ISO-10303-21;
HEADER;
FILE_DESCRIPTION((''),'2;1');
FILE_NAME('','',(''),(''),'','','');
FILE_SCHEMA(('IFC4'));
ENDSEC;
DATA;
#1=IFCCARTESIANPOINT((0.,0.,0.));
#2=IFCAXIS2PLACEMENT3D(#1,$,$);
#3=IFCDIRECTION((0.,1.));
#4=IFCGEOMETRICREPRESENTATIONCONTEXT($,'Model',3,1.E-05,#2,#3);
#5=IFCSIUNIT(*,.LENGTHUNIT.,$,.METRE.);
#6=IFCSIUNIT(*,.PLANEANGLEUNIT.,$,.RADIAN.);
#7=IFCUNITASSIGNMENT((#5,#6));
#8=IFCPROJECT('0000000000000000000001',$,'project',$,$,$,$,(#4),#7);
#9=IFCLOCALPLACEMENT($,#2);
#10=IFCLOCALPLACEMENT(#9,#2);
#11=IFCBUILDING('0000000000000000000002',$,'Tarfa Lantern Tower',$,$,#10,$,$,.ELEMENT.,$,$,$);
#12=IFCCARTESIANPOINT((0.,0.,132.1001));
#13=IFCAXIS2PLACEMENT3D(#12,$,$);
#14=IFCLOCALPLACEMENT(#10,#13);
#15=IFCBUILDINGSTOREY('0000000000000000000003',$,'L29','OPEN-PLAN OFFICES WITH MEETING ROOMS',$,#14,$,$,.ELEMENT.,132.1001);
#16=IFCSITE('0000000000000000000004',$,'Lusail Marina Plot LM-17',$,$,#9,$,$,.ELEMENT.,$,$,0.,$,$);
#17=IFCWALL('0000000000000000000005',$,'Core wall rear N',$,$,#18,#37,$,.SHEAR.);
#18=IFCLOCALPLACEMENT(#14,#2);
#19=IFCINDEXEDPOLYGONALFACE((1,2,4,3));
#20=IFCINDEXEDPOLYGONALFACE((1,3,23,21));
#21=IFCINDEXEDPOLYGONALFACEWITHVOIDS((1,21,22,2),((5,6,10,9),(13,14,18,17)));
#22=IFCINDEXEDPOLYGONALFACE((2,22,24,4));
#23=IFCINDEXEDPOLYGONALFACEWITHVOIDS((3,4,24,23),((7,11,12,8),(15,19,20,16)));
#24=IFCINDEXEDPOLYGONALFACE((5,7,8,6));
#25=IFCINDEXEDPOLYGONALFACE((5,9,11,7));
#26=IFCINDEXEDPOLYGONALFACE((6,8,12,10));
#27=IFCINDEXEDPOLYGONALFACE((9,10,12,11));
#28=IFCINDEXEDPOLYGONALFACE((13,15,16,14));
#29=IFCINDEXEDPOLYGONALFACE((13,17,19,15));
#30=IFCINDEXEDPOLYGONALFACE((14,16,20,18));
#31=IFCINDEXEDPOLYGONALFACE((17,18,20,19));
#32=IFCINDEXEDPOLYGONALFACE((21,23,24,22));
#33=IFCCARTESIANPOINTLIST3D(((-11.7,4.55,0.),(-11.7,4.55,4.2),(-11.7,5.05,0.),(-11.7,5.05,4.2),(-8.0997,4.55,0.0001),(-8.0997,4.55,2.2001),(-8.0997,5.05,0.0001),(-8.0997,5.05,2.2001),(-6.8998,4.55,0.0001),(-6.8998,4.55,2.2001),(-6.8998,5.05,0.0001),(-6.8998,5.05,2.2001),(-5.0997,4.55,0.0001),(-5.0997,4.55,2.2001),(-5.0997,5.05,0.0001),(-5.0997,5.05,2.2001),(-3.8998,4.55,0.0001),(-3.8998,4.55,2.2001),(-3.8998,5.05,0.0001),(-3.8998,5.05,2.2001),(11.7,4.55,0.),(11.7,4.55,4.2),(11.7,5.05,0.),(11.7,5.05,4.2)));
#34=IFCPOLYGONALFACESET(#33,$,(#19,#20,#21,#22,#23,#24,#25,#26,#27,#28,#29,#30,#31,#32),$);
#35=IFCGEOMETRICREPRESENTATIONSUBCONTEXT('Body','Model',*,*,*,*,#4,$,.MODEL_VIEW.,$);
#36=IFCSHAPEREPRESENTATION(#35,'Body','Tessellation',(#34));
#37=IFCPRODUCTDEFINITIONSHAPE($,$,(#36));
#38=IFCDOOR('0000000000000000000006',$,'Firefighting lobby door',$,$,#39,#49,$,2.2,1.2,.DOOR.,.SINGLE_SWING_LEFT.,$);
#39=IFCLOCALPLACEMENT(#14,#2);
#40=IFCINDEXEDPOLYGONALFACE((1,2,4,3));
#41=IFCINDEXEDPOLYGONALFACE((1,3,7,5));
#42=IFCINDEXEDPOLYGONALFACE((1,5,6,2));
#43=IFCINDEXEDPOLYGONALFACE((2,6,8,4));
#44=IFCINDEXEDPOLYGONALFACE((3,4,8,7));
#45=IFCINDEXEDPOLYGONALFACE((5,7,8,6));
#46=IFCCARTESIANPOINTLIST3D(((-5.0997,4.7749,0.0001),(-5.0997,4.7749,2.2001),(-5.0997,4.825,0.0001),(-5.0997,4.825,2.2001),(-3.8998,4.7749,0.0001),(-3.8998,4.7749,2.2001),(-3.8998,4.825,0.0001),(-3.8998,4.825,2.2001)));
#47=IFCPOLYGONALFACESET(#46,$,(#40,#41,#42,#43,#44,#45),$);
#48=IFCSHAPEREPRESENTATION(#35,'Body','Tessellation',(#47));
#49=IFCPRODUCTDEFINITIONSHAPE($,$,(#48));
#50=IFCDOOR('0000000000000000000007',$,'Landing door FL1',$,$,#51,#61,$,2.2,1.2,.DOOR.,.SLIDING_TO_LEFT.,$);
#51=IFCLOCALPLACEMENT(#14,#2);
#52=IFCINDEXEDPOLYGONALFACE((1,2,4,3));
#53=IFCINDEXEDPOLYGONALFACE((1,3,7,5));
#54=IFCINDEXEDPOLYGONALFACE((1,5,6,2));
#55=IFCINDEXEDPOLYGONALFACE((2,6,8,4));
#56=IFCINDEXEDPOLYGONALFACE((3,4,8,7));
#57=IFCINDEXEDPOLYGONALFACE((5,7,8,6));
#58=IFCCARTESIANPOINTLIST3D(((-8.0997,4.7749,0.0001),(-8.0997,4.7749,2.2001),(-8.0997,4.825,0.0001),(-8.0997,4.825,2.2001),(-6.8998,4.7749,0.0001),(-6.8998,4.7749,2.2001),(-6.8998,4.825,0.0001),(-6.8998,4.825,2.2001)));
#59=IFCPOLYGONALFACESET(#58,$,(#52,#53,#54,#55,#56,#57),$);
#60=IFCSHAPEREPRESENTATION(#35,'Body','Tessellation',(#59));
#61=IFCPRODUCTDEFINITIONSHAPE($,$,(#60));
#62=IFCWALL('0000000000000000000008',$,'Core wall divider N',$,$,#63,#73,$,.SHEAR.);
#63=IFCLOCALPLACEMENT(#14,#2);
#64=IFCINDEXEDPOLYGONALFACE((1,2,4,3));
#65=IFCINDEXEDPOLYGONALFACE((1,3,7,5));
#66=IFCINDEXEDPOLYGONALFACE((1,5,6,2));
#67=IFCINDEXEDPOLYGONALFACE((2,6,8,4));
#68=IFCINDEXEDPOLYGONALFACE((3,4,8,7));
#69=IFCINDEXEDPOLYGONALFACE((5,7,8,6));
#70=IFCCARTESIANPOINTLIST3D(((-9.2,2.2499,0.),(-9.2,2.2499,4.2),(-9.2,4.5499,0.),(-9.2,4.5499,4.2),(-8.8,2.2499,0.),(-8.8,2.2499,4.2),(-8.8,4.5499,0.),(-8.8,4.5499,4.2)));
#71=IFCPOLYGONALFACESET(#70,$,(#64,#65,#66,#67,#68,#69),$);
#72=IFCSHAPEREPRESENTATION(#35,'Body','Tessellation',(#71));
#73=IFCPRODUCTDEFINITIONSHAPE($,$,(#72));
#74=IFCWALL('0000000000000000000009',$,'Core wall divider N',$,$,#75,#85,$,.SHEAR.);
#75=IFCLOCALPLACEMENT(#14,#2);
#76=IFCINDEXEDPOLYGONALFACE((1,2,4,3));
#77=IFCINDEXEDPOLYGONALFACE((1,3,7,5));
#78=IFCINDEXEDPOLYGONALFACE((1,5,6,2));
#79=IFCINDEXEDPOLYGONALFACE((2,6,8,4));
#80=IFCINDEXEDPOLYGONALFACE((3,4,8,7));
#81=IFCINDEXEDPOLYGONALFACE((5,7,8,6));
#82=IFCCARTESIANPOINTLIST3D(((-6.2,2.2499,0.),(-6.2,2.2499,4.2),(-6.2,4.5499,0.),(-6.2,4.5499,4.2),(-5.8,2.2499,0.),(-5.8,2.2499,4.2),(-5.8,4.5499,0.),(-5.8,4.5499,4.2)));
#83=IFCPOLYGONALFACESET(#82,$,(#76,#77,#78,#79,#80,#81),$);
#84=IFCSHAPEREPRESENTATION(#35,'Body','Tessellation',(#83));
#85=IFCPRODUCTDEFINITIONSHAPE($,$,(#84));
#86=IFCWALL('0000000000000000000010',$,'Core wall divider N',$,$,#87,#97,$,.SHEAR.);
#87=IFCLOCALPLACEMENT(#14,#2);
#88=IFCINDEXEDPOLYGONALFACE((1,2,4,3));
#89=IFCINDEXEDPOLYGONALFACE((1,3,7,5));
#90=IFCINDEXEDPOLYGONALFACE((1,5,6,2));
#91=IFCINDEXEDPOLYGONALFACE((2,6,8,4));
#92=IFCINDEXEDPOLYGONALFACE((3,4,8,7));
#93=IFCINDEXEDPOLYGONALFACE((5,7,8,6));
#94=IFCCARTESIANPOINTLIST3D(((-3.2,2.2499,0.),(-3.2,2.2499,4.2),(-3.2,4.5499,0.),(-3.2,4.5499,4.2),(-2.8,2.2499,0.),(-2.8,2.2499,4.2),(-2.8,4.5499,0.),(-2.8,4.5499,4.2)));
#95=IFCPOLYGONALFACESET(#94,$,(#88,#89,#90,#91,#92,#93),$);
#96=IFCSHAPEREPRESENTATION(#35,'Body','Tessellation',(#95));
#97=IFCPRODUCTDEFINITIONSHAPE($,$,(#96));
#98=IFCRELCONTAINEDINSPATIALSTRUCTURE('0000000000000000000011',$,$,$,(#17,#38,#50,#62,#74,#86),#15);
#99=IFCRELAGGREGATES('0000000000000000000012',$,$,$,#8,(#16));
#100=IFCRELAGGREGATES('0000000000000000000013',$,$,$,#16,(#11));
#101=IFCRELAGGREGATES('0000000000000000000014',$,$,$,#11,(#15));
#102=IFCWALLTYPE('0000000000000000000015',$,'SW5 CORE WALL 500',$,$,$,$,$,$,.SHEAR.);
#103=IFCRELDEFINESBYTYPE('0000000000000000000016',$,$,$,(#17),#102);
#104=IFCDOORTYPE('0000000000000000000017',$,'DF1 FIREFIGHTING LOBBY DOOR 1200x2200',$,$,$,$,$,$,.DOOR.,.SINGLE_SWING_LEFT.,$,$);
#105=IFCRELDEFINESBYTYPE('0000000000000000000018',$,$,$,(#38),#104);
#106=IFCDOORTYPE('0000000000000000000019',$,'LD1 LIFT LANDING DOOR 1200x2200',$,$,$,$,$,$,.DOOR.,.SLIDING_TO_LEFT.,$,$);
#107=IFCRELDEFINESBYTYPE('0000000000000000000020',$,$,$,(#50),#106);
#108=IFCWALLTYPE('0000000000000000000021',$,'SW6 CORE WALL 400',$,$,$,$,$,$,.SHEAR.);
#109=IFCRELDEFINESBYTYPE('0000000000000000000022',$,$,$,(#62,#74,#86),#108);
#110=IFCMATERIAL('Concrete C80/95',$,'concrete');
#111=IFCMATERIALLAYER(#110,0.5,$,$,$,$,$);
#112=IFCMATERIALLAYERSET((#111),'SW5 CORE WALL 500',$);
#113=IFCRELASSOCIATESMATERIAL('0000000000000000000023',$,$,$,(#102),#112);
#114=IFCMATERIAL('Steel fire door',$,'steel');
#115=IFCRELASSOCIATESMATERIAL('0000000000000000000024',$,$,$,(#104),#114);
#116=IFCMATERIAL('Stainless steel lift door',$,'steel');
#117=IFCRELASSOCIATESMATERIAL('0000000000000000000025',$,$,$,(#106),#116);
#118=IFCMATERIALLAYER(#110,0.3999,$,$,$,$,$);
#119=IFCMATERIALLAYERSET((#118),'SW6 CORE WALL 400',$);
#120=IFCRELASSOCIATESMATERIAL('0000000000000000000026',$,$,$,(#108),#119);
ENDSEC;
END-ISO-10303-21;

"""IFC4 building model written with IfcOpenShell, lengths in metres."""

from ifc_helpers import new_model, si_unit, direction, frame, frame_2d, origin, place, context, subcontext, project, spatial, rectangle, extrude, material, layer, layer_set, type_object, element, fill, save


model = new_model("IFC4")

# Units and contexts
model_context = context("Model", 3, precision=1e-05, world=origin(), true_north=direction((0.0, 1.0)))
body_context = subcontext(model_context, "Body", "Model", "MODEL_VIEW")
ifc_project = project(units=[si_unit("LENGTHUNIT", "METRE"), si_unit("PLANEANGLEUNIT", "RADIAN")], contexts=[model_context])

# Site, building, storey
site_placement = place(None, origin())
site = spatial("IfcSite", under=ifc_project, at=site_placement, Name="Lusail Marina Plot LM-17", CompositionType="ELEMENT", RefElevation=0.0)
building_placement = place(site_placement, origin())
building = spatial("IfcBuilding", under=site, at=building_placement, Name="Tarfa Lantern Tower", CompositionType="ELEMENT")
storey_placement = place(building_placement, frame((0.0, 0.0, 132.1001)))
storey = spatial("IfcBuildingStorey", under=building, at=storey_placement, Name="L29", Description="OPEN-PLAN OFFICES WITH MEETING ROOMS", CompositionType="ELEMENT", Elevation=132.1001)

# Shared definitions
ifc_material_1 = material(Name="Concrete C80/95", Category="concrete")
ifc_layer_1 = layer(ifc_material_1, 0.5)
ifc_layer_set_1 = layer_set([ifc_layer_1], Name="SW5 CORE WALL 500")
wall_type_1 = type_object("IfcWallType", Name="SW5 CORE WALL 500", PredefinedType="SHEAR", material=ifc_layer_set_1)

# Wall, openings, doors
wall_1_placement = place(storey_placement, frame((-11.7, 4.8, 0.0), z_axis=(0.0, 0.0, 1.0), x_axis=(1.0, 0.0, 0.0)))
wall_1 = element("IfcWall", 1, at=wall_1_placement, inside=storey, type_object=wall_type_1, Name="Core wall rear N", PredefinedType="SHEAR", context=body_context, shape_type="SweptSolid", body=[
    extrude(rectangle(XDim=23.3999, YDim=0.5, at=frame_2d((11.7, 0.0))), origin(), (0.0, 0.0, 1.0), 4.2),
])
opening_1_placement = place(wall_1_placement, frame((6.6001, 0.0, 0.0)))
opening_1 = element("IfcOpeningElement", 2, at=opening_1_placement, cuts=wall_1, PredefinedType="OPENING", context=body_context, shape_type="SweptSolid", body=[
    extrude(rectangle(XDim=1.2, YDim=2.2, at=frame_2d((0.6001, 1.1001))), frame((0.0, 0.26, 0.0), z_axis=(0.0, -1.0, 0.0), x_axis=(1.0, 0.0, 0.0)), (0.0, 0.0, 1.0), 0.52),
])
opening_2_placement = place(wall_1_placement, frame((3.6001, 0.0, 0.0)))
opening_2 = element("IfcOpeningElement", 3, at=opening_2_placement, cuts=wall_1, PredefinedType="OPENING", context=body_context, shape_type="SweptSolid", body=[
    extrude(rectangle(XDim=1.2, YDim=2.2, at=frame_2d((0.6001, 1.1001))), frame((0.0, 0.26, 0.0), z_axis=(0.0, -1.0, 0.0), x_axis=(1.0, 0.0, 0.0)), (0.0, 0.0, 1.0), 0.52),
])
ifc_material_2 = material(Name="Steel fire door", Category="steel")
door_type_1 = type_object("IfcDoorType", Name="DF1 FIREFIGHTING LOBBY DOOR 1200x2200", OperationType="SINGLE_SWING_LEFT", PredefinedType="DOOR", material=ifc_material_2)
door_1_placement = place(opening_1_placement, origin())
door_1 = element("IfcDoor", 4, at=door_1_placement, inside=storey, type_object=door_type_1, Name="Firefighting lobby door", OperationType="SINGLE_SWING_LEFT", OverallHeight=2.2, OverallWidth=1.2, PredefinedType="DOOR", context=body_context, shape_type="SweptSolid", body=[
    extrude(rectangle(XDim=1.2, YDim=2.2, at=frame_2d((0.6001, 1.1001))), frame((0.0, 0.0249, 0.0), z_axis=(0.0, -1.0, 0.0), x_axis=(1.0, 0.0, 0.0)), (0.0, 0.0, 1.0), 0.05),
])
fill(opening_1, door_1)
ifc_material_3 = material(Name="Stainless steel lift door", Category="steel")
door_type_2 = type_object("IfcDoorType", Name="LD1 LIFT LANDING DOOR 1200x2200", OperationType="SLIDING_TO_LEFT", PredefinedType="DOOR", material=ifc_material_3)
door_2_placement = place(opening_2_placement, origin())
door_2 = element("IfcDoor", 5, at=door_2_placement, inside=storey, type_object=door_type_2, Name="Landing door FL1", OperationType="SLIDING_TO_LEFT", OverallHeight=2.2, OverallWidth=1.2, PredefinedType="DOOR", context=body_context, shape_type="SweptSolid", body=[
    extrude(rectangle(XDim=1.2, YDim=2.2, at=frame_2d((0.6001, 1.1001))), frame((0.0, 0.0249, 0.0), z_axis=(0.0, -1.0, 0.0), x_axis=(1.0, 0.0, 0.0)), (0.0, 0.0, 1.0), 0.05),
])
fill(opening_2, door_2)

# Walls
ifc_layer_2 = layer(ifc_material_1, 0.3999)
ifc_layer_set_2 = layer_set([ifc_layer_2], Name="SW6 CORE WALL 400")
wall_type_2 = type_object("IfcWallType", Name="SW6 CORE WALL 400", PredefinedType="SHEAR", material=ifc_layer_set_2)
for number, where, z_axis, x_axis, name in (
    (6, (-9.0, 2.25, 0.0), (0.0, 0.0, 1.0), (0.0, 1.0, 0.0), "Core wall divider N"),
    (7, (-6.0, 2.25, 0.0), (0.0, 0.0, 1.0), (0.0, 1.0, 0.0), "Core wall divider N"),
    (8, (-3.0, 2.25, 0.0), (0.0, 0.0, 1.0), (0.0, 1.0, 0.0), "Core wall divider N"),
):
    element("IfcWall", number, at=place(storey_placement, frame(where, z_axis=z_axis, x_axis=x_axis)), inside=storey, type_object=wall_type_2, Name=name, PredefinedType="SHEAR", context=body_context, shape_type="SweptSolid", body=[
        extrude(rectangle(XDim=2.3, YDim=0.3999, at=frame_2d((1.1499, 0.0))), origin(), (0.0, 0.0, 1.0), 4.2),
    ])

save(model, "model.ifc")
